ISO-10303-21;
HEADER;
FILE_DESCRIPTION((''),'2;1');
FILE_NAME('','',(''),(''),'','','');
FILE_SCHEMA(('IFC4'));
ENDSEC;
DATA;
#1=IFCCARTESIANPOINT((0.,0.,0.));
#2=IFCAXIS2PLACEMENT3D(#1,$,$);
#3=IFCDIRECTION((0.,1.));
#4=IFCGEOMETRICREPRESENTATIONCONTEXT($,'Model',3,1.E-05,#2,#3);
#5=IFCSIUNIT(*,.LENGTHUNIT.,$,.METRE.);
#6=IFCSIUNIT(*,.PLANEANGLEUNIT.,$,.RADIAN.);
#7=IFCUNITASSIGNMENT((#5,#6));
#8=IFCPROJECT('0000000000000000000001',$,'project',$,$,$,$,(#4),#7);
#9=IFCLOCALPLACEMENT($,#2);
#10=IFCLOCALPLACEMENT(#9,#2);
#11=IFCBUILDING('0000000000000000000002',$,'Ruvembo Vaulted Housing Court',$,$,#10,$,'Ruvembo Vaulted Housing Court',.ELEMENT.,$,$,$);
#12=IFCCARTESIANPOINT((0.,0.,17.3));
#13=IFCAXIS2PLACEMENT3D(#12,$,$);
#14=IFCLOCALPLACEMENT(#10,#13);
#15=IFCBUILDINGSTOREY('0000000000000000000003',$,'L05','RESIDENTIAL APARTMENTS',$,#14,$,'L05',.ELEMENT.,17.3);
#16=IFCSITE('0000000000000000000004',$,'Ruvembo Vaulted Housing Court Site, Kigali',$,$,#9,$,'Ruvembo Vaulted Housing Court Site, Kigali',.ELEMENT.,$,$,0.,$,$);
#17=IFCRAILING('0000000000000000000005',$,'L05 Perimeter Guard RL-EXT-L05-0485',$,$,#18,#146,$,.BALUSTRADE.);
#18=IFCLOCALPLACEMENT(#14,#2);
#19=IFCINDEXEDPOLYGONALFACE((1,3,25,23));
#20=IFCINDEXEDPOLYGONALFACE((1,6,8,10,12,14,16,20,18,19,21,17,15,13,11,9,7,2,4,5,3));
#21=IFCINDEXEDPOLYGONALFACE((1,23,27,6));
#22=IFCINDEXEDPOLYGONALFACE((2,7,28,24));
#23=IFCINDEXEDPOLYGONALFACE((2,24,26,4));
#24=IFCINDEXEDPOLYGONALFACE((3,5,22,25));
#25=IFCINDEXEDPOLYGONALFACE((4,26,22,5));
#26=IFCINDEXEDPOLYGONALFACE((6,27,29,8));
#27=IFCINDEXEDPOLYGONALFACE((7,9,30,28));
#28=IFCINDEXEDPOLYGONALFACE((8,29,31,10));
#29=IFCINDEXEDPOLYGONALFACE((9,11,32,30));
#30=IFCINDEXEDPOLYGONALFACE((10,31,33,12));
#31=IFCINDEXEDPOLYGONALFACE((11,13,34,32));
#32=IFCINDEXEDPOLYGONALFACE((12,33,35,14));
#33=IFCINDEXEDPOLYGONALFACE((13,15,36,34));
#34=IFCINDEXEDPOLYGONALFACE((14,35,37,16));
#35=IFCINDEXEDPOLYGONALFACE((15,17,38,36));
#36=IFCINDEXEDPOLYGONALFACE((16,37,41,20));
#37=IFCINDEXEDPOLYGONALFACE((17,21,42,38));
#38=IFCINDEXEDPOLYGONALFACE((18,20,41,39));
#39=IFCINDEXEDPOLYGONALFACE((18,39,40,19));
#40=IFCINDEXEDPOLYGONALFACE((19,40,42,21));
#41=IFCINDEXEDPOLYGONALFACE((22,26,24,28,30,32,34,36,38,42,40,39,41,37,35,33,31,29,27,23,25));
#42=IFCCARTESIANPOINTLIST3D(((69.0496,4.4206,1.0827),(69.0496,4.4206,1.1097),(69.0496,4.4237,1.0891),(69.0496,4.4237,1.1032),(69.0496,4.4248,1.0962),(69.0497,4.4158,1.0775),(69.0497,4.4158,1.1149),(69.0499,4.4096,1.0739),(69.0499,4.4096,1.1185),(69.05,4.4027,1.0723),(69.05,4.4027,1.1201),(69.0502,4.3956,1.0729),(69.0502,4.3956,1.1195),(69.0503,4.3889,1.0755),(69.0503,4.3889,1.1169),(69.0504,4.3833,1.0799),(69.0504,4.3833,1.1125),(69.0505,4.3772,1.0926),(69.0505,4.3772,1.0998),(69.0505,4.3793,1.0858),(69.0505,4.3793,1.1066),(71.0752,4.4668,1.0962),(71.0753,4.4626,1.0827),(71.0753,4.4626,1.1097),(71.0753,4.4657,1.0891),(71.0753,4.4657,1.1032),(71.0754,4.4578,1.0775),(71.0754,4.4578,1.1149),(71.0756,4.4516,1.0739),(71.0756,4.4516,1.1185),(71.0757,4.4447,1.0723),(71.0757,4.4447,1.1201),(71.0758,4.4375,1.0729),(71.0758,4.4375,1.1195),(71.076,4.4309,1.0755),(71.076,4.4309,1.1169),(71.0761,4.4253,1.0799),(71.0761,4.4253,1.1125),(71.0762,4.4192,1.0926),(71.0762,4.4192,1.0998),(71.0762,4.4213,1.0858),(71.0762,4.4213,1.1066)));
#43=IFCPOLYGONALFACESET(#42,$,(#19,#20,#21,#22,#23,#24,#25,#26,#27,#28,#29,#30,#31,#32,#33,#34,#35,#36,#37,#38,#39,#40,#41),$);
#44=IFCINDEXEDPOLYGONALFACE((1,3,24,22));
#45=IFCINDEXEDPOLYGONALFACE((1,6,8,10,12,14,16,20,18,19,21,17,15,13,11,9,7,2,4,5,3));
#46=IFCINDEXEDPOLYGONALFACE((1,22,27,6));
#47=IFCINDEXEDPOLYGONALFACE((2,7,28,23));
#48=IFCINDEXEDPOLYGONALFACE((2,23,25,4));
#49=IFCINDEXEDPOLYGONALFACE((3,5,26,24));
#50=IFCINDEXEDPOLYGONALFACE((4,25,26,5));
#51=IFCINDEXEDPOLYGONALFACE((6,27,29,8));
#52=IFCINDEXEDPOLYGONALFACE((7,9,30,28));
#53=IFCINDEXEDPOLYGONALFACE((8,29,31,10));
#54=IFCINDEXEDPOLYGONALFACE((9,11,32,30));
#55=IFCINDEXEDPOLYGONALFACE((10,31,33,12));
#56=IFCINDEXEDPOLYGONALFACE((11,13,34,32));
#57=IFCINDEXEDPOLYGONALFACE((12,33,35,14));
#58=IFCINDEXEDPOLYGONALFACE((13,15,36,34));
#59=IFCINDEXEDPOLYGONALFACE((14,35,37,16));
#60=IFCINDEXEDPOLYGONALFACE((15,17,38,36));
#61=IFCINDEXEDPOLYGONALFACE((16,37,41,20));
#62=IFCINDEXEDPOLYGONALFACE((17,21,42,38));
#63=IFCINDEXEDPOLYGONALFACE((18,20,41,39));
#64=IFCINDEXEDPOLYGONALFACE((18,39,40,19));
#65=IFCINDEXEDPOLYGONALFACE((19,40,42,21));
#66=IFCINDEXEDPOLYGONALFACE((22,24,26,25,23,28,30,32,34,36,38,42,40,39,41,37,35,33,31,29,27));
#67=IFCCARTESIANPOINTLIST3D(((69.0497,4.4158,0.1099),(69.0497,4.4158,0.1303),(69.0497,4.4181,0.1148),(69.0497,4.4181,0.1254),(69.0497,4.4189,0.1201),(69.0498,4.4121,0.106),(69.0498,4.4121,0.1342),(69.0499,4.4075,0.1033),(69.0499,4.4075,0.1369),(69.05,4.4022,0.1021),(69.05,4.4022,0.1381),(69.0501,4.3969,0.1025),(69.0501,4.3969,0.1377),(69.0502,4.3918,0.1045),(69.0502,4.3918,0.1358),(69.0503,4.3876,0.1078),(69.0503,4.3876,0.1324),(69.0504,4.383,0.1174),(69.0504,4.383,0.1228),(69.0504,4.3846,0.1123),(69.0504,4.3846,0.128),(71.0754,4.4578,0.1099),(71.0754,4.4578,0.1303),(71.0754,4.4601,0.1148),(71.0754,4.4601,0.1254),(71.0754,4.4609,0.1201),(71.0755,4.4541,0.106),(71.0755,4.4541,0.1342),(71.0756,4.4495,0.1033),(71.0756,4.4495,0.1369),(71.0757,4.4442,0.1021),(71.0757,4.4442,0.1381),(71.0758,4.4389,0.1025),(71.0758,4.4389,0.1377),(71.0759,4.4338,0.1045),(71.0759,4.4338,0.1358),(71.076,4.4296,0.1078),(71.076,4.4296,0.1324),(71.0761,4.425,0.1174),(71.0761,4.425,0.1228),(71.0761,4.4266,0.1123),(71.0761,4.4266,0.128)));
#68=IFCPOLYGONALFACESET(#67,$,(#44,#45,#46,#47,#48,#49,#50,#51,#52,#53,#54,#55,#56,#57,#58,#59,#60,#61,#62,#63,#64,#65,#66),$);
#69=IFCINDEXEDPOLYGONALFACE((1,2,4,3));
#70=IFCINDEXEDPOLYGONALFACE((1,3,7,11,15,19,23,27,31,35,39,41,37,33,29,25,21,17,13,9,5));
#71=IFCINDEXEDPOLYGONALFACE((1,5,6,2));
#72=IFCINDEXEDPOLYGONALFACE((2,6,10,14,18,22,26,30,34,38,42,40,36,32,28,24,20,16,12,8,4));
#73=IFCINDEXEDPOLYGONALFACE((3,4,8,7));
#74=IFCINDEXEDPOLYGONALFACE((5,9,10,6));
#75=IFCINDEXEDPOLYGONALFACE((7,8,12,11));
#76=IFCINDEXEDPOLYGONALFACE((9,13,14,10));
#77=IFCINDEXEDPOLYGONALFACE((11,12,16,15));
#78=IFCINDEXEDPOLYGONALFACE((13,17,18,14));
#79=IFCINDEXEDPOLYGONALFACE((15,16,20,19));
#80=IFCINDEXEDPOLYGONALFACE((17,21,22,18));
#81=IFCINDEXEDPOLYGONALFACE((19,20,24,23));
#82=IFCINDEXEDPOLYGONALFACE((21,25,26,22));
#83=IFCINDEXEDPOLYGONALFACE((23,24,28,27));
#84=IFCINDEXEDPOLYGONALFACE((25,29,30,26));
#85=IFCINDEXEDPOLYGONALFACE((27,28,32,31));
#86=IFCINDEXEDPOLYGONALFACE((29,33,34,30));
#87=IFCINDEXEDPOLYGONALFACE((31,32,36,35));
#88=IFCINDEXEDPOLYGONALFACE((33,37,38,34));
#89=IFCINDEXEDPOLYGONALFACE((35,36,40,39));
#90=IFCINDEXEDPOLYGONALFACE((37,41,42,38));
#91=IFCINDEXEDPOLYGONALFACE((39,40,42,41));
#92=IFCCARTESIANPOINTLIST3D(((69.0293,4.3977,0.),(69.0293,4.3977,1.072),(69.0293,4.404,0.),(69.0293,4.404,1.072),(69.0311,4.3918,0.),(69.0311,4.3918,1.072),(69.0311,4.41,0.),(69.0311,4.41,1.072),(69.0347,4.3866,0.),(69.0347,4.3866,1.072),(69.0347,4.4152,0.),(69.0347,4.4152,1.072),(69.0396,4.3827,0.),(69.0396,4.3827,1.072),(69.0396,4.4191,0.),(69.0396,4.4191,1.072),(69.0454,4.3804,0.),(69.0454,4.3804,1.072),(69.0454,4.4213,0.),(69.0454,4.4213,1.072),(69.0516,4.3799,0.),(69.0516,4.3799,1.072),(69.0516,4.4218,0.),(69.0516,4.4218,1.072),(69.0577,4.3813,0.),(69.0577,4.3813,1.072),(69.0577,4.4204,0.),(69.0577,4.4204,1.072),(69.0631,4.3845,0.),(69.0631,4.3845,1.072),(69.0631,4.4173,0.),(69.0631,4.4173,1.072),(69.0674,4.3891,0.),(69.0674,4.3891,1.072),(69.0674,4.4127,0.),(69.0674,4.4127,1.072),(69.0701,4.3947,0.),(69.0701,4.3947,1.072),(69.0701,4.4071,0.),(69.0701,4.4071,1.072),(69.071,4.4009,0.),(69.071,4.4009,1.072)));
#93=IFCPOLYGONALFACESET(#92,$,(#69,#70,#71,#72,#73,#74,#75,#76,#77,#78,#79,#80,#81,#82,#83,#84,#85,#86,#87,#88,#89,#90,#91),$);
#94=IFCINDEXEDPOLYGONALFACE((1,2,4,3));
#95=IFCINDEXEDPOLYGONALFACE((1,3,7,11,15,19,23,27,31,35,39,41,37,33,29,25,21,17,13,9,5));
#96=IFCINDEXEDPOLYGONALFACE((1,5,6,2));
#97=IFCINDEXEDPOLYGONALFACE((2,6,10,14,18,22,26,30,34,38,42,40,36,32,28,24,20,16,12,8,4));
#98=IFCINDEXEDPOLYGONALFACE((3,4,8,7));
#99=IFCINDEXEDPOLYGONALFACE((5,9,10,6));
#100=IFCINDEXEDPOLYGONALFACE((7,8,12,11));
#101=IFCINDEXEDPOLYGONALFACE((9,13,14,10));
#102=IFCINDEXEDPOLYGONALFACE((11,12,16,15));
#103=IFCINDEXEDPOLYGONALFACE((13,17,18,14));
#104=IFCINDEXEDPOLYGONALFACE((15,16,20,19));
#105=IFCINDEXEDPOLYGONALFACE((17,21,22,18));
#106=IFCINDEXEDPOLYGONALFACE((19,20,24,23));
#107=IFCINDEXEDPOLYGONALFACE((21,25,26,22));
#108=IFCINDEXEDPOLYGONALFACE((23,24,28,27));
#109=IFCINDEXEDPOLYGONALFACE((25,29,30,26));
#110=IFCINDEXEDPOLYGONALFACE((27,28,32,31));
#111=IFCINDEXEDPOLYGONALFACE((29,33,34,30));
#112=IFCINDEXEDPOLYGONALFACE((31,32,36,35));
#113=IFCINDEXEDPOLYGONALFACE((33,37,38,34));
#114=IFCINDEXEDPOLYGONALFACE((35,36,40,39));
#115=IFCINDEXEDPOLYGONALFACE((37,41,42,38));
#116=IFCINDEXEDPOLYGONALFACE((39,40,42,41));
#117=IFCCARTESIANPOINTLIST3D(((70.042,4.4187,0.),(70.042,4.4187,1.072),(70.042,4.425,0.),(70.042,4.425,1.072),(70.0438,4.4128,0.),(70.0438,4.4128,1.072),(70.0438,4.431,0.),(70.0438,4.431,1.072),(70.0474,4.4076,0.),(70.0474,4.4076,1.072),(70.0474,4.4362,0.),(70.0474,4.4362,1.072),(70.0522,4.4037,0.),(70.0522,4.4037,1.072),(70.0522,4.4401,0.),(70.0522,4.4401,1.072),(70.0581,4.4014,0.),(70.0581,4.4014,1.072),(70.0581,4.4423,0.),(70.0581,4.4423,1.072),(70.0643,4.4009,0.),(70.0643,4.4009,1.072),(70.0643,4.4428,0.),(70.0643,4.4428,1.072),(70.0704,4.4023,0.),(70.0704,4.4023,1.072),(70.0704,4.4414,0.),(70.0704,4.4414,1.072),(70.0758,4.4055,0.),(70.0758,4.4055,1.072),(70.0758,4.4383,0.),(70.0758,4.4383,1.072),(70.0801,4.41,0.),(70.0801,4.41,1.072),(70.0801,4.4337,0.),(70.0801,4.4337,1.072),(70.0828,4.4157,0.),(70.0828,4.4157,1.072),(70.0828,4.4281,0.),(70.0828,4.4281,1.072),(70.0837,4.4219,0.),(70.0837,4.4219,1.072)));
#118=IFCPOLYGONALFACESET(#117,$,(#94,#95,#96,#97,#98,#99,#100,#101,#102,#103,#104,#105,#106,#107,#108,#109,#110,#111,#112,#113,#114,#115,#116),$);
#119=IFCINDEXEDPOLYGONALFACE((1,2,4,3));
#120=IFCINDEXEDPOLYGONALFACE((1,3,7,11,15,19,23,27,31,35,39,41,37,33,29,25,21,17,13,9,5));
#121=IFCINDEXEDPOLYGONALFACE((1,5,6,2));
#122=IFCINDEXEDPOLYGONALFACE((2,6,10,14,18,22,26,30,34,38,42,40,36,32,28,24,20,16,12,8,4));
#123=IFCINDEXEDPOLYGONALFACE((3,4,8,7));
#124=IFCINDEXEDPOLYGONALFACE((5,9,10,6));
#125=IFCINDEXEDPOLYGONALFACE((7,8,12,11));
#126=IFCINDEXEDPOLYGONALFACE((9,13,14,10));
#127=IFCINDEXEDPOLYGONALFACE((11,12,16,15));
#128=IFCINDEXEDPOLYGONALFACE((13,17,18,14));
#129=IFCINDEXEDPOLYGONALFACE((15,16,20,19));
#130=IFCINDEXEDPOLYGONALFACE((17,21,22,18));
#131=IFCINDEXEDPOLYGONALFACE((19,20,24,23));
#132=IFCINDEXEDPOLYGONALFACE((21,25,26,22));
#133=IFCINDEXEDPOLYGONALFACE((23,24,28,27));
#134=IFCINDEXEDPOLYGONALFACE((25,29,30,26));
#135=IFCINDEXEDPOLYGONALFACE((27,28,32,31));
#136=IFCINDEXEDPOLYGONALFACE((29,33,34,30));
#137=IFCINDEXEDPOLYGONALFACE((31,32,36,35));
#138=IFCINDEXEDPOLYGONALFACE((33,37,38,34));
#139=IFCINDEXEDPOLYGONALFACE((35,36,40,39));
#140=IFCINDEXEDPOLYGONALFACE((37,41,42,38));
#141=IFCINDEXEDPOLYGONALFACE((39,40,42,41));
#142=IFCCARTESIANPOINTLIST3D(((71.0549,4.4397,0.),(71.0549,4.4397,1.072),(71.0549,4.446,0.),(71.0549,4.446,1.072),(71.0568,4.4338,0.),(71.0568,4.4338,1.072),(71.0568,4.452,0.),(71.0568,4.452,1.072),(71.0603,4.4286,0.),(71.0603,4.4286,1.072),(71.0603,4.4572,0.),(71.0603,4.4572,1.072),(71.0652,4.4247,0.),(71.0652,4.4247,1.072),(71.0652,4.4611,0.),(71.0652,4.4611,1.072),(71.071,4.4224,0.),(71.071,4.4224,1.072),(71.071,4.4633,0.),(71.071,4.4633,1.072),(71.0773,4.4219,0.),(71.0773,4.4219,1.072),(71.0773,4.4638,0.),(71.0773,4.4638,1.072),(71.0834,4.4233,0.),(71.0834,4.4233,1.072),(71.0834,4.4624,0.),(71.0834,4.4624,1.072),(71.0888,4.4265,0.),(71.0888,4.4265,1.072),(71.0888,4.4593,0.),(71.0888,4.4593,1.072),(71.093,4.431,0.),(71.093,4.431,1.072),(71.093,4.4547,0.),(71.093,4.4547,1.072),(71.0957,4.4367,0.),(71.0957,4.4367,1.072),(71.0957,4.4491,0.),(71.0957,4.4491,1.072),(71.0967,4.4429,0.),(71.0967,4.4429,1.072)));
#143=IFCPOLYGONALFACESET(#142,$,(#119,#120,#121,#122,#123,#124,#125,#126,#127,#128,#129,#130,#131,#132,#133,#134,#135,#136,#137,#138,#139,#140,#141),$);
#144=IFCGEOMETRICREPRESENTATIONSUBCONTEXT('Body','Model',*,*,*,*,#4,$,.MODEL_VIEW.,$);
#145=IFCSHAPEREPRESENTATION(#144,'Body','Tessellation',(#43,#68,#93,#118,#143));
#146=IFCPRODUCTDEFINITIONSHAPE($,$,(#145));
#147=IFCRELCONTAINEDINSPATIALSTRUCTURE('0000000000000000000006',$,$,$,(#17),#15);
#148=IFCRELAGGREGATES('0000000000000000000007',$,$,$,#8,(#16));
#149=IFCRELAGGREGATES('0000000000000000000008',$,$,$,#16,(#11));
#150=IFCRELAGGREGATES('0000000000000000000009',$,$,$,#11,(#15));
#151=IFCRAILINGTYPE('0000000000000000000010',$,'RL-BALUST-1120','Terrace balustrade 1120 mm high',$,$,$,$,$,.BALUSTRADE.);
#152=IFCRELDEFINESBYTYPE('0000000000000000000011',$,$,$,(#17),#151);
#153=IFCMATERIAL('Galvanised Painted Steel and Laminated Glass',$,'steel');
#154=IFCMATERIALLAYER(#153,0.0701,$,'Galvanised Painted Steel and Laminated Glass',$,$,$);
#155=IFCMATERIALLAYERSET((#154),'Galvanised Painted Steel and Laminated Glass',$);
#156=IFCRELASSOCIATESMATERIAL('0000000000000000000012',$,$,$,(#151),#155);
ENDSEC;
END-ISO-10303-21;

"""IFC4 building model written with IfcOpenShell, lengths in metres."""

from ifc_helpers import new_model, si_unit, direction, frame, origin, origin_2d, place, context, subcontext, project, spatial, circle, extrude, material, layer, layer_set, type_object, element, save


model = new_model("IFC4")

# Units and contexts
model_context = context("Model", 3, precision=1e-05, world=origin(), true_north=direction((0.0, 1.0)))
body_context = subcontext(model_context, "Body", "Model", "MODEL_VIEW")
ifc_project = project(units=[si_unit("LENGTHUNIT", "METRE"), si_unit("PLANEANGLEUNIT", "RADIAN")], contexts=[model_context])

# Site, building, storey
site_placement = place(None, origin())
site = spatial("IfcSite", under=ifc_project, at=site_placement, Name="Ruvembo Vaulted Housing Court Site, Kigali", LongName="Ruvembo Vaulted Housing Court Site, Kigali", CompositionType="ELEMENT", RefElevation=0.0)
building_placement = place(site_placement, origin())
building = spatial("IfcBuilding", under=site, at=building_placement, Name="Ruvembo Vaulted Housing Court", LongName="Ruvembo Vaulted Housing Court", CompositionType="ELEMENT")
storey_placement = place(building_placement, frame((0.0, 0.0, 17.3)))
storey = spatial("IfcBuildingStorey", under=building, at=storey_placement, Name="L05", Description="RESIDENTIAL APARTMENTS", LongName="L05", CompositionType="ELEMENT", Elevation=17.3)

# Railing
ifc_material_1 = material(Name="Galvanised Painted Steel and Laminated Glass", Category="steel")
ifc_layer_1 = layer(ifc_material_1, 0.0701, Name="Galvanised Painted Steel and Laminated Glass")
ifc_layer_set_1 = layer_set([ifc_layer_1], Name="Galvanised Painted Steel and Laminated Glass")
railing_type = type_object("IfcRailingType", Name="RL-BALUST-1120", Description="Terrace balustrade 1120 mm high", PredefinedType="BALUSTRADE", material=ifc_layer_set_1)
railing_1_placement = place(storey_placement, frame((69.05, 4.4009, 0.0)))
element("IfcRailing", 1, at=railing_1_placement, inside=storey, type_object=railing_type, Name="L05 Perimeter Guard RL-EXT-L05-0485", PredefinedType="BALUSTRADE", context=body_context, shape_type="SweptSolid", body=[
    extrude(circle(Radius=0.0239, at=origin_2d()), frame((0.0, 0.0, 1.0962), z_axis=(0.999785, 0.020726, 0.0), x_axis=(-0.020726, 0.999785, 0.0)), (0.0, 0.0, 1.0), 2.0261),
    extrude(circle(Radius=0.0181, at=origin_2d()), frame((0.0, 0.0, 0.1201), z_axis=(0.999785, 0.020726, 0.0), x_axis=(-0.020726, 0.999785, 0.0)), (0.0, 0.0, 1.0), 2.0261),
    extrude(circle(Radius=0.021, at=origin_2d()), origin(), (0.0, 0.0, 1.0), 1.072),
    extrude(circle(Radius=0.021, at=origin_2d()), frame((1.0127, 0.021, 0.0)), (0.0, 0.0, 1.0), 1.072),
    extrude(circle(Radius=0.021, at=origin_2d()), frame((2.0256, 0.042, 0.0)), (0.0, 0.0, 1.0), 1.072),
])

save(model, "model.ifc")
